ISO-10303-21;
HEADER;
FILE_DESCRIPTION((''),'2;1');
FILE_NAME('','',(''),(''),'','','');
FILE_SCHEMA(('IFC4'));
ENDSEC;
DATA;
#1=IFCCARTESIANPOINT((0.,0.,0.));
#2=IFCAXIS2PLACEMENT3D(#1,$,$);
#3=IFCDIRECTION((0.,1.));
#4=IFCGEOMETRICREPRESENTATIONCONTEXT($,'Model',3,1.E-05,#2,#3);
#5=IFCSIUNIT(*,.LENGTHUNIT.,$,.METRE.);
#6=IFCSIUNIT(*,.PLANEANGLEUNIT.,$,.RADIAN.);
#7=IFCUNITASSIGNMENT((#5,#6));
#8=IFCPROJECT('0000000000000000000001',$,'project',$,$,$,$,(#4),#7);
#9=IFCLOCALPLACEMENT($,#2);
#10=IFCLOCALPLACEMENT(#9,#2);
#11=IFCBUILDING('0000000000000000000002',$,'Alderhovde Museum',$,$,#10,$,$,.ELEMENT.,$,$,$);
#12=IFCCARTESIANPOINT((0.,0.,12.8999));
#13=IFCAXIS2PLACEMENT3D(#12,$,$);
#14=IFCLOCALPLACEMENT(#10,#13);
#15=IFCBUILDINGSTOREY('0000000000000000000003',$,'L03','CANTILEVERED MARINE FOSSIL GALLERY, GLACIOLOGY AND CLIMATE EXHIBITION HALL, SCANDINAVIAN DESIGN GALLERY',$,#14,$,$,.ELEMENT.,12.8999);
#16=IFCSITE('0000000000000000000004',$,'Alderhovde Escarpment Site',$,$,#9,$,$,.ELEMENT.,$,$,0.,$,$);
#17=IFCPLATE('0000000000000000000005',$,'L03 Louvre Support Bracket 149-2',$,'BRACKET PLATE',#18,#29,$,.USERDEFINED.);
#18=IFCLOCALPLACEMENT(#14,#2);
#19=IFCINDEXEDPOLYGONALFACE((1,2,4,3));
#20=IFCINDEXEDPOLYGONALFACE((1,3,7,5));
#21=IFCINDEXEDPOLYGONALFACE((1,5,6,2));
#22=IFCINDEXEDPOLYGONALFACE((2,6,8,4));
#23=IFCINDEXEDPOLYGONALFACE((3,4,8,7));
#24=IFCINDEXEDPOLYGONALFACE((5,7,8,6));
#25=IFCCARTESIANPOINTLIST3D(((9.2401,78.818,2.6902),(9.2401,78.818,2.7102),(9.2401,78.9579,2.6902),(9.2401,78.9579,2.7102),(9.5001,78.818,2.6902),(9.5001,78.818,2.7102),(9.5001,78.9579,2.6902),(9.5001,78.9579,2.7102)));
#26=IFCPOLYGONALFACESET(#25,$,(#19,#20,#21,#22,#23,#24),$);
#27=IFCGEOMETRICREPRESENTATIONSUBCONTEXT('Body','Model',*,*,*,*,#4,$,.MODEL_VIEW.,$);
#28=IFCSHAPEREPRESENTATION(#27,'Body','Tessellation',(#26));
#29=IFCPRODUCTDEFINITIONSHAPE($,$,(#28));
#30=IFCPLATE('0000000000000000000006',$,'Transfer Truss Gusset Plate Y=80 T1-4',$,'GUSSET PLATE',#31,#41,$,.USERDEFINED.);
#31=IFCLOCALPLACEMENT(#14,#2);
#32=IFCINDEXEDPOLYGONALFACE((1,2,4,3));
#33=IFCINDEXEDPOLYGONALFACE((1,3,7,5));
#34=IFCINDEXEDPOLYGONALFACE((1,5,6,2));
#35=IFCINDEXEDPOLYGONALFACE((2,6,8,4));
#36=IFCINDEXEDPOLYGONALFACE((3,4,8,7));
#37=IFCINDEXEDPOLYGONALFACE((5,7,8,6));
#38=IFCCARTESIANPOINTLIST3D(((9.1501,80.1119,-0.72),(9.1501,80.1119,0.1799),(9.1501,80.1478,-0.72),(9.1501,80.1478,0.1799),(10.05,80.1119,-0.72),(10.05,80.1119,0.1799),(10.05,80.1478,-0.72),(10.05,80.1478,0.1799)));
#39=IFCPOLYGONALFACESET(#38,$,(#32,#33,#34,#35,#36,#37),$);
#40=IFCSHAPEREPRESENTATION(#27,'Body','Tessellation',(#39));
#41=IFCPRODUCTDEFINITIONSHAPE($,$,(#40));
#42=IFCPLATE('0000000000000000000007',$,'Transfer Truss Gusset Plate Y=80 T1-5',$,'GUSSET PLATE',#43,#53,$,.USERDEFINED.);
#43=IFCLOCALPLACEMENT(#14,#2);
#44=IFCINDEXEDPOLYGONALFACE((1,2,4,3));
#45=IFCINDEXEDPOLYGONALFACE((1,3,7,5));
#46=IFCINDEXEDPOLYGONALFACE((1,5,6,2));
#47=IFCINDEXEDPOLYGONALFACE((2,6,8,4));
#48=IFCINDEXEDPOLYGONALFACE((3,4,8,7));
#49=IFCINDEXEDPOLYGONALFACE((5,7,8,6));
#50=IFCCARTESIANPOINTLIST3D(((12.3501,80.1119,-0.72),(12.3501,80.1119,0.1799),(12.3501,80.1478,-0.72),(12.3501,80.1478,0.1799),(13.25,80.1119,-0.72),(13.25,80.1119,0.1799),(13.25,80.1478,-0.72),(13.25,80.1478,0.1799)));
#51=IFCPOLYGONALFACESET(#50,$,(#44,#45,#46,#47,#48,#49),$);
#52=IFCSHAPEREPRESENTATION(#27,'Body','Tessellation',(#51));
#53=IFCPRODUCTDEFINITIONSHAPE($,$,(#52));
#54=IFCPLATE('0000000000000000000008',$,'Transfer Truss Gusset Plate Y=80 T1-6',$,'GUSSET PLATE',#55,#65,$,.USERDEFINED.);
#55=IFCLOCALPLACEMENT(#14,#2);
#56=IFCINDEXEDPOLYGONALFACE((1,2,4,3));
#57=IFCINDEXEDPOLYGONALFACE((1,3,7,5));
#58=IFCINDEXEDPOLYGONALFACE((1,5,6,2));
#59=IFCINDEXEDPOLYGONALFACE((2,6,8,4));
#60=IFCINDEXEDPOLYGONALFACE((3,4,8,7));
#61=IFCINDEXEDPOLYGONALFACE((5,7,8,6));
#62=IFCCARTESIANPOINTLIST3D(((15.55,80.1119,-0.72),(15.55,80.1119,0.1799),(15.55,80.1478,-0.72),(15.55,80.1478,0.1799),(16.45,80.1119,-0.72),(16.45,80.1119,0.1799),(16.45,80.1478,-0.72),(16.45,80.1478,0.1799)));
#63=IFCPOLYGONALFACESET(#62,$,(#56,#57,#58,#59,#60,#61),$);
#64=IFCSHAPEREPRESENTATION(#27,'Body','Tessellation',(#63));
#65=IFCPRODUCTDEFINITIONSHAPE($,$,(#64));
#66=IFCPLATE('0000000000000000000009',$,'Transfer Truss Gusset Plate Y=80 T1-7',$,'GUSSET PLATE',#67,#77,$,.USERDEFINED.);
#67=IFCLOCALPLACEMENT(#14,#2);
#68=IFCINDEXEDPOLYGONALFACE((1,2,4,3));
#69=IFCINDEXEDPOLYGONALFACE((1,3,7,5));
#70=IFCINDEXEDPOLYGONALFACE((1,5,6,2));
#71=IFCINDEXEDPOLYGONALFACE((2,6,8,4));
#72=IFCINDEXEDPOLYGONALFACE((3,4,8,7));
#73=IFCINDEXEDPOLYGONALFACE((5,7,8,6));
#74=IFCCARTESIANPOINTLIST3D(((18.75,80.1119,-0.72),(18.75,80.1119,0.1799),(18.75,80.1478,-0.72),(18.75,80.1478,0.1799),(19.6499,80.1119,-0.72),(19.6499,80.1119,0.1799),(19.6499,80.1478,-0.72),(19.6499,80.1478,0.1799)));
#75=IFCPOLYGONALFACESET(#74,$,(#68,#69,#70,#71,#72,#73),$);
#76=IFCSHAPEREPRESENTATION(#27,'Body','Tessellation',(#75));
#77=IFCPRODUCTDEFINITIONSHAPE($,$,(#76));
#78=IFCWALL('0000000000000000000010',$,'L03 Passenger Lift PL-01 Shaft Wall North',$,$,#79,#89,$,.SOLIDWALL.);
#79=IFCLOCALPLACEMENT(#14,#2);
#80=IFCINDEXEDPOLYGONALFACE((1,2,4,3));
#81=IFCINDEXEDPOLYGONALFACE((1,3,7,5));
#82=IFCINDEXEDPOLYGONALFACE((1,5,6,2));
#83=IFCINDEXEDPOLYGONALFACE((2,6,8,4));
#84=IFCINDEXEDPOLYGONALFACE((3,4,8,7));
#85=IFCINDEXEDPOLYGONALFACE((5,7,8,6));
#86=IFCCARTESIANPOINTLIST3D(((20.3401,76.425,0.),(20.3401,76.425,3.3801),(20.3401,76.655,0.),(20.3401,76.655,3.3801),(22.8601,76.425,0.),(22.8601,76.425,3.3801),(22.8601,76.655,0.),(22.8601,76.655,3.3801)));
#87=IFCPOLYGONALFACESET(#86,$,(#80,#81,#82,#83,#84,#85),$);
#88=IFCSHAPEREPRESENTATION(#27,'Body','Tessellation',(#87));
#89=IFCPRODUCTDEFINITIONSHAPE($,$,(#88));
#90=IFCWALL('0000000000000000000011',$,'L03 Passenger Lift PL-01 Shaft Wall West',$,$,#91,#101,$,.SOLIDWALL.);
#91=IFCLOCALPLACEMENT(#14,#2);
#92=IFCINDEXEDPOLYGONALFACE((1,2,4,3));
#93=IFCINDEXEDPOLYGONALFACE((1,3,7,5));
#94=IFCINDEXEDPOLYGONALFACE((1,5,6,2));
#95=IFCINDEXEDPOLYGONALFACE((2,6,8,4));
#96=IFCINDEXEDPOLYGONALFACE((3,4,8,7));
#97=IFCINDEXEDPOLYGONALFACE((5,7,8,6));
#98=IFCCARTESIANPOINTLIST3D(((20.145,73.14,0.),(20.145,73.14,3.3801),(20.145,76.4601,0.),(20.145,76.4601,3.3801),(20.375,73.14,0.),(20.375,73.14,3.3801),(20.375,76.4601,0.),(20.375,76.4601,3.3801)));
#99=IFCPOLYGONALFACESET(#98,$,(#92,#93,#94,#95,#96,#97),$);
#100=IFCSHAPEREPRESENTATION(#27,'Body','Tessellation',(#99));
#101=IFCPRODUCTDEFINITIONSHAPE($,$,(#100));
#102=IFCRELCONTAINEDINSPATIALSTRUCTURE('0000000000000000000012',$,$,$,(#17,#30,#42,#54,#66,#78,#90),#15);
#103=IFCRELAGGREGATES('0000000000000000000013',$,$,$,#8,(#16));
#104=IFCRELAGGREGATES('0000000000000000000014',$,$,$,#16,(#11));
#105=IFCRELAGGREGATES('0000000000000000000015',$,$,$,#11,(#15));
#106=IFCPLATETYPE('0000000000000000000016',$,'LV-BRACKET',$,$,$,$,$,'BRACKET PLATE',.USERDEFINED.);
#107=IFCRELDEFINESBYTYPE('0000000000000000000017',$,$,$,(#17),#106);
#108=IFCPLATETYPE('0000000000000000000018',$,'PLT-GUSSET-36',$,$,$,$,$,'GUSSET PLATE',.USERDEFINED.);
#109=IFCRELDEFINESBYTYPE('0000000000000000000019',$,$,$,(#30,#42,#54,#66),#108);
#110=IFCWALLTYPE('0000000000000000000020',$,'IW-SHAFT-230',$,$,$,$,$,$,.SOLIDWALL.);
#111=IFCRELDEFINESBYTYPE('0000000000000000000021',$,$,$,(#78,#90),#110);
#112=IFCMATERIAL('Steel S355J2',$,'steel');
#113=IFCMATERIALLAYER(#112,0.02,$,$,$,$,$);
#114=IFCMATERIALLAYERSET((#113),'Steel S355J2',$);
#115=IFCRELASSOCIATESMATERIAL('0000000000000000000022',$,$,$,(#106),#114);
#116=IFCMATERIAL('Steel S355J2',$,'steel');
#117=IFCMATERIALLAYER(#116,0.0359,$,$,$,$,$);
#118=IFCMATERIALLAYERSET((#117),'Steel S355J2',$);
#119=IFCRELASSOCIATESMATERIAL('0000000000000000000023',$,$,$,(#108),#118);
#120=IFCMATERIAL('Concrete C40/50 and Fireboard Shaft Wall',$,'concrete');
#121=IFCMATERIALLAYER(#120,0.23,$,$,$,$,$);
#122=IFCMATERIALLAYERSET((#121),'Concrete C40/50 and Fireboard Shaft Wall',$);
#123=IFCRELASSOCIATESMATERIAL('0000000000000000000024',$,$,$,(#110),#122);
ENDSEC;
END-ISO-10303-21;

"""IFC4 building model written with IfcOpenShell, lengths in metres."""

from ifc_helpers import new_model, si_unit, direction, frame, frame_2d, origin, origin_2d, place, context, subcontext, project, spatial, rectangle, extrude, material, layer, layer_set, type_object, element, save


model = new_model("IFC4")

# Units and contexts
model_context = context("Model", 3, precision=1e-05, world=origin(), true_north=direction((0.0, 1.0)))
body_context = subcontext(model_context, "Body", "Model", "MODEL_VIEW")
ifc_project = project(units=[si_unit("LENGTHUNIT", "METRE"), si_unit("PLANEANGLEUNIT", "RADIAN")], contexts=[model_context])

# Site, building, storey
site_placement = place(None, origin())
site = spatial("IfcSite", under=ifc_project, at=site_placement, Name="Alderhovde Escarpment Site", CompositionType="ELEMENT", RefElevation=0.0)
building_placement = place(site_placement, origin())
building = spatial("IfcBuilding", under=site, at=building_placement, Name="Alderhovde Museum", CompositionType="ELEMENT")
storey_placement = place(building_placement, frame((0.0, 0.0, 12.8999)))
storey = spatial("IfcBuildingStorey", under=building, at=storey_placement, Name="L03", Description="CANTILEVERED MARINE FOSSIL GALLERY, GLACIOLOGY AND CLIMATE EXHIBITION HALL, SCANDINAVIAN DESIGN GALLERY", CompositionType="ELEMENT", Elevation=12.8999)

# Plates
ifc_material_1 = material(Name="Steel S355J2", Category="steel")
ifc_layer_1 = layer(ifc_material_1, 0.02)
ifc_layer_set_1 = layer_set([ifc_layer_1], Name="Steel S355J2")
plate_type_1 = type_object("IfcPlateType", Name="LV-BRACKET", ElementType="BRACKET PLATE", PredefinedType="USERDEFINED", material=ifc_layer_set_1)
for number, where, z_axis, x_axis, name in (
    (1, (9.3701, 78.8879, 2.6902), (0.0, 0.0, 1.0), (0.0, 1.0, 0.0), "L03 Louvre Support Bracket 149-2"),
):
    element("IfcPlate", number, at=place(storey_placement, frame(where, z_axis=z_axis, x_axis=x_axis)), inside=storey, type_object=plate_type_1, Name=name, ObjectType="BRACKET PLATE", PredefinedType="USERDEFINED", context=body_context, shape_type="SweptSolid", body=[
        extrude(rectangle(XDim=0.1399, YDim=0.26, at=origin_2d()), origin(), (0.0, 0.0, 1.0), 0.02),
    ])
ifc_material_2 = material(Name="Steel S355J2", Category="steel")
ifc_layer_2 = layer(ifc_material_2, 0.0359)
ifc_layer_set_2 = layer_set([ifc_layer_2], Name="Steel S355J2")
plate_type_2 = type_object("IfcPlateType", Name="PLT-GUSSET-36", ElementType="GUSSET PLATE", PredefinedType="USERDEFINED", material=ifc_layer_set_2)
for number, where, z_axis, x_axis, name in (
    (2, (9.6001, 80.1299, -0.72), (0.0, 0.0, 1.0), (1.0, 0.0, 0.0), "Transfer Truss Gusset Plate Y=80 T1-4"),
    (3, (12.8, 80.1299, -0.72), (0.0, 0.0, 1.0), (1.0, 0.0, 0.0), "Transfer Truss Gusset Plate Y=80 T1-5"),
    (4, (16.0, 80.1299, -0.72), (0.0, 0.0, 1.0), (1.0, 0.0, 0.0), "Transfer Truss Gusset Plate Y=80 T1-6"),
    (5, (19.2, 80.1299, -0.72), (0.0, 0.0, 1.0), (1.0, 0.0, 0.0), "Transfer Truss Gusset Plate Y=80 T1-7"),
):
    element("IfcPlate", number, at=place(storey_placement, frame(where, z_axis=z_axis, x_axis=x_axis)), inside=storey, type_object=plate_type_2, Name=name, ObjectType="GUSSET PLATE", PredefinedType="USERDEFINED", context=body_context, shape_type="SweptSolid", body=[
        extrude(rectangle(XDim=0.8999, YDim=0.0359, at=origin_2d()), origin(), (0.0, 0.0, 1.0), 0.8999),
    ])

# Walls
ifc_material_3 = material(Name="Concrete C40/50 and Fireboard Shaft Wall", Category="concrete")
ifc_layer_3 = layer(ifc_material_3, 0.23)
ifc_layer_set_3 = layer_set([ifc_layer_3], Name="Concrete C40/50 and Fireboard Shaft Wall")
wall_type = type_object("IfcWallType", Name="IW-SHAFT-230", PredefinedType="SOLIDWALL", material=ifc_layer_set_3)
wall_1_placement = place(storey_placement, frame((20.3401, 76.54, 0.0), z_axis=(0.0, 0.0, 1.0), x_axis=(1.0, 0.0, 0.0)))
element("IfcWall", 6, at=wall_1_placement, inside=storey, type_object=wall_type, Name="L03 Passenger Lift PL-01 Shaft Wall North", PredefinedType="SOLIDWALL", context=body_context, shape_type="SweptSolid", body=[
    extrude(rectangle(XDim=2.52, YDim=0.23, at=frame_2d((1.26, 0.0))), origin(), (0.0, 0.0, 1.0), 3.3801),
])
wall_2_placement = place(storey_placement, frame((20.26, 73.1399, 0.0), z_axis=(0.0, 0.0, 1.0), x_axis=(0.0, 1.0, 0.0)))
element("IfcWall", 7, at=wall_2_placement, inside=storey, type_object=wall_type, Name="L03 Passenger Lift PL-01 Shaft Wall West", PredefinedType="SOLIDWALL", context=body_context, shape_type="SweptSolid", body=[
    extrude(rectangle(XDim=3.3201, YDim=0.23, at=frame_2d((1.6602, 0.0))), origin(), (0.0, 0.0, 1.0), 3.3801),
])

save(model, "model.ifc")
